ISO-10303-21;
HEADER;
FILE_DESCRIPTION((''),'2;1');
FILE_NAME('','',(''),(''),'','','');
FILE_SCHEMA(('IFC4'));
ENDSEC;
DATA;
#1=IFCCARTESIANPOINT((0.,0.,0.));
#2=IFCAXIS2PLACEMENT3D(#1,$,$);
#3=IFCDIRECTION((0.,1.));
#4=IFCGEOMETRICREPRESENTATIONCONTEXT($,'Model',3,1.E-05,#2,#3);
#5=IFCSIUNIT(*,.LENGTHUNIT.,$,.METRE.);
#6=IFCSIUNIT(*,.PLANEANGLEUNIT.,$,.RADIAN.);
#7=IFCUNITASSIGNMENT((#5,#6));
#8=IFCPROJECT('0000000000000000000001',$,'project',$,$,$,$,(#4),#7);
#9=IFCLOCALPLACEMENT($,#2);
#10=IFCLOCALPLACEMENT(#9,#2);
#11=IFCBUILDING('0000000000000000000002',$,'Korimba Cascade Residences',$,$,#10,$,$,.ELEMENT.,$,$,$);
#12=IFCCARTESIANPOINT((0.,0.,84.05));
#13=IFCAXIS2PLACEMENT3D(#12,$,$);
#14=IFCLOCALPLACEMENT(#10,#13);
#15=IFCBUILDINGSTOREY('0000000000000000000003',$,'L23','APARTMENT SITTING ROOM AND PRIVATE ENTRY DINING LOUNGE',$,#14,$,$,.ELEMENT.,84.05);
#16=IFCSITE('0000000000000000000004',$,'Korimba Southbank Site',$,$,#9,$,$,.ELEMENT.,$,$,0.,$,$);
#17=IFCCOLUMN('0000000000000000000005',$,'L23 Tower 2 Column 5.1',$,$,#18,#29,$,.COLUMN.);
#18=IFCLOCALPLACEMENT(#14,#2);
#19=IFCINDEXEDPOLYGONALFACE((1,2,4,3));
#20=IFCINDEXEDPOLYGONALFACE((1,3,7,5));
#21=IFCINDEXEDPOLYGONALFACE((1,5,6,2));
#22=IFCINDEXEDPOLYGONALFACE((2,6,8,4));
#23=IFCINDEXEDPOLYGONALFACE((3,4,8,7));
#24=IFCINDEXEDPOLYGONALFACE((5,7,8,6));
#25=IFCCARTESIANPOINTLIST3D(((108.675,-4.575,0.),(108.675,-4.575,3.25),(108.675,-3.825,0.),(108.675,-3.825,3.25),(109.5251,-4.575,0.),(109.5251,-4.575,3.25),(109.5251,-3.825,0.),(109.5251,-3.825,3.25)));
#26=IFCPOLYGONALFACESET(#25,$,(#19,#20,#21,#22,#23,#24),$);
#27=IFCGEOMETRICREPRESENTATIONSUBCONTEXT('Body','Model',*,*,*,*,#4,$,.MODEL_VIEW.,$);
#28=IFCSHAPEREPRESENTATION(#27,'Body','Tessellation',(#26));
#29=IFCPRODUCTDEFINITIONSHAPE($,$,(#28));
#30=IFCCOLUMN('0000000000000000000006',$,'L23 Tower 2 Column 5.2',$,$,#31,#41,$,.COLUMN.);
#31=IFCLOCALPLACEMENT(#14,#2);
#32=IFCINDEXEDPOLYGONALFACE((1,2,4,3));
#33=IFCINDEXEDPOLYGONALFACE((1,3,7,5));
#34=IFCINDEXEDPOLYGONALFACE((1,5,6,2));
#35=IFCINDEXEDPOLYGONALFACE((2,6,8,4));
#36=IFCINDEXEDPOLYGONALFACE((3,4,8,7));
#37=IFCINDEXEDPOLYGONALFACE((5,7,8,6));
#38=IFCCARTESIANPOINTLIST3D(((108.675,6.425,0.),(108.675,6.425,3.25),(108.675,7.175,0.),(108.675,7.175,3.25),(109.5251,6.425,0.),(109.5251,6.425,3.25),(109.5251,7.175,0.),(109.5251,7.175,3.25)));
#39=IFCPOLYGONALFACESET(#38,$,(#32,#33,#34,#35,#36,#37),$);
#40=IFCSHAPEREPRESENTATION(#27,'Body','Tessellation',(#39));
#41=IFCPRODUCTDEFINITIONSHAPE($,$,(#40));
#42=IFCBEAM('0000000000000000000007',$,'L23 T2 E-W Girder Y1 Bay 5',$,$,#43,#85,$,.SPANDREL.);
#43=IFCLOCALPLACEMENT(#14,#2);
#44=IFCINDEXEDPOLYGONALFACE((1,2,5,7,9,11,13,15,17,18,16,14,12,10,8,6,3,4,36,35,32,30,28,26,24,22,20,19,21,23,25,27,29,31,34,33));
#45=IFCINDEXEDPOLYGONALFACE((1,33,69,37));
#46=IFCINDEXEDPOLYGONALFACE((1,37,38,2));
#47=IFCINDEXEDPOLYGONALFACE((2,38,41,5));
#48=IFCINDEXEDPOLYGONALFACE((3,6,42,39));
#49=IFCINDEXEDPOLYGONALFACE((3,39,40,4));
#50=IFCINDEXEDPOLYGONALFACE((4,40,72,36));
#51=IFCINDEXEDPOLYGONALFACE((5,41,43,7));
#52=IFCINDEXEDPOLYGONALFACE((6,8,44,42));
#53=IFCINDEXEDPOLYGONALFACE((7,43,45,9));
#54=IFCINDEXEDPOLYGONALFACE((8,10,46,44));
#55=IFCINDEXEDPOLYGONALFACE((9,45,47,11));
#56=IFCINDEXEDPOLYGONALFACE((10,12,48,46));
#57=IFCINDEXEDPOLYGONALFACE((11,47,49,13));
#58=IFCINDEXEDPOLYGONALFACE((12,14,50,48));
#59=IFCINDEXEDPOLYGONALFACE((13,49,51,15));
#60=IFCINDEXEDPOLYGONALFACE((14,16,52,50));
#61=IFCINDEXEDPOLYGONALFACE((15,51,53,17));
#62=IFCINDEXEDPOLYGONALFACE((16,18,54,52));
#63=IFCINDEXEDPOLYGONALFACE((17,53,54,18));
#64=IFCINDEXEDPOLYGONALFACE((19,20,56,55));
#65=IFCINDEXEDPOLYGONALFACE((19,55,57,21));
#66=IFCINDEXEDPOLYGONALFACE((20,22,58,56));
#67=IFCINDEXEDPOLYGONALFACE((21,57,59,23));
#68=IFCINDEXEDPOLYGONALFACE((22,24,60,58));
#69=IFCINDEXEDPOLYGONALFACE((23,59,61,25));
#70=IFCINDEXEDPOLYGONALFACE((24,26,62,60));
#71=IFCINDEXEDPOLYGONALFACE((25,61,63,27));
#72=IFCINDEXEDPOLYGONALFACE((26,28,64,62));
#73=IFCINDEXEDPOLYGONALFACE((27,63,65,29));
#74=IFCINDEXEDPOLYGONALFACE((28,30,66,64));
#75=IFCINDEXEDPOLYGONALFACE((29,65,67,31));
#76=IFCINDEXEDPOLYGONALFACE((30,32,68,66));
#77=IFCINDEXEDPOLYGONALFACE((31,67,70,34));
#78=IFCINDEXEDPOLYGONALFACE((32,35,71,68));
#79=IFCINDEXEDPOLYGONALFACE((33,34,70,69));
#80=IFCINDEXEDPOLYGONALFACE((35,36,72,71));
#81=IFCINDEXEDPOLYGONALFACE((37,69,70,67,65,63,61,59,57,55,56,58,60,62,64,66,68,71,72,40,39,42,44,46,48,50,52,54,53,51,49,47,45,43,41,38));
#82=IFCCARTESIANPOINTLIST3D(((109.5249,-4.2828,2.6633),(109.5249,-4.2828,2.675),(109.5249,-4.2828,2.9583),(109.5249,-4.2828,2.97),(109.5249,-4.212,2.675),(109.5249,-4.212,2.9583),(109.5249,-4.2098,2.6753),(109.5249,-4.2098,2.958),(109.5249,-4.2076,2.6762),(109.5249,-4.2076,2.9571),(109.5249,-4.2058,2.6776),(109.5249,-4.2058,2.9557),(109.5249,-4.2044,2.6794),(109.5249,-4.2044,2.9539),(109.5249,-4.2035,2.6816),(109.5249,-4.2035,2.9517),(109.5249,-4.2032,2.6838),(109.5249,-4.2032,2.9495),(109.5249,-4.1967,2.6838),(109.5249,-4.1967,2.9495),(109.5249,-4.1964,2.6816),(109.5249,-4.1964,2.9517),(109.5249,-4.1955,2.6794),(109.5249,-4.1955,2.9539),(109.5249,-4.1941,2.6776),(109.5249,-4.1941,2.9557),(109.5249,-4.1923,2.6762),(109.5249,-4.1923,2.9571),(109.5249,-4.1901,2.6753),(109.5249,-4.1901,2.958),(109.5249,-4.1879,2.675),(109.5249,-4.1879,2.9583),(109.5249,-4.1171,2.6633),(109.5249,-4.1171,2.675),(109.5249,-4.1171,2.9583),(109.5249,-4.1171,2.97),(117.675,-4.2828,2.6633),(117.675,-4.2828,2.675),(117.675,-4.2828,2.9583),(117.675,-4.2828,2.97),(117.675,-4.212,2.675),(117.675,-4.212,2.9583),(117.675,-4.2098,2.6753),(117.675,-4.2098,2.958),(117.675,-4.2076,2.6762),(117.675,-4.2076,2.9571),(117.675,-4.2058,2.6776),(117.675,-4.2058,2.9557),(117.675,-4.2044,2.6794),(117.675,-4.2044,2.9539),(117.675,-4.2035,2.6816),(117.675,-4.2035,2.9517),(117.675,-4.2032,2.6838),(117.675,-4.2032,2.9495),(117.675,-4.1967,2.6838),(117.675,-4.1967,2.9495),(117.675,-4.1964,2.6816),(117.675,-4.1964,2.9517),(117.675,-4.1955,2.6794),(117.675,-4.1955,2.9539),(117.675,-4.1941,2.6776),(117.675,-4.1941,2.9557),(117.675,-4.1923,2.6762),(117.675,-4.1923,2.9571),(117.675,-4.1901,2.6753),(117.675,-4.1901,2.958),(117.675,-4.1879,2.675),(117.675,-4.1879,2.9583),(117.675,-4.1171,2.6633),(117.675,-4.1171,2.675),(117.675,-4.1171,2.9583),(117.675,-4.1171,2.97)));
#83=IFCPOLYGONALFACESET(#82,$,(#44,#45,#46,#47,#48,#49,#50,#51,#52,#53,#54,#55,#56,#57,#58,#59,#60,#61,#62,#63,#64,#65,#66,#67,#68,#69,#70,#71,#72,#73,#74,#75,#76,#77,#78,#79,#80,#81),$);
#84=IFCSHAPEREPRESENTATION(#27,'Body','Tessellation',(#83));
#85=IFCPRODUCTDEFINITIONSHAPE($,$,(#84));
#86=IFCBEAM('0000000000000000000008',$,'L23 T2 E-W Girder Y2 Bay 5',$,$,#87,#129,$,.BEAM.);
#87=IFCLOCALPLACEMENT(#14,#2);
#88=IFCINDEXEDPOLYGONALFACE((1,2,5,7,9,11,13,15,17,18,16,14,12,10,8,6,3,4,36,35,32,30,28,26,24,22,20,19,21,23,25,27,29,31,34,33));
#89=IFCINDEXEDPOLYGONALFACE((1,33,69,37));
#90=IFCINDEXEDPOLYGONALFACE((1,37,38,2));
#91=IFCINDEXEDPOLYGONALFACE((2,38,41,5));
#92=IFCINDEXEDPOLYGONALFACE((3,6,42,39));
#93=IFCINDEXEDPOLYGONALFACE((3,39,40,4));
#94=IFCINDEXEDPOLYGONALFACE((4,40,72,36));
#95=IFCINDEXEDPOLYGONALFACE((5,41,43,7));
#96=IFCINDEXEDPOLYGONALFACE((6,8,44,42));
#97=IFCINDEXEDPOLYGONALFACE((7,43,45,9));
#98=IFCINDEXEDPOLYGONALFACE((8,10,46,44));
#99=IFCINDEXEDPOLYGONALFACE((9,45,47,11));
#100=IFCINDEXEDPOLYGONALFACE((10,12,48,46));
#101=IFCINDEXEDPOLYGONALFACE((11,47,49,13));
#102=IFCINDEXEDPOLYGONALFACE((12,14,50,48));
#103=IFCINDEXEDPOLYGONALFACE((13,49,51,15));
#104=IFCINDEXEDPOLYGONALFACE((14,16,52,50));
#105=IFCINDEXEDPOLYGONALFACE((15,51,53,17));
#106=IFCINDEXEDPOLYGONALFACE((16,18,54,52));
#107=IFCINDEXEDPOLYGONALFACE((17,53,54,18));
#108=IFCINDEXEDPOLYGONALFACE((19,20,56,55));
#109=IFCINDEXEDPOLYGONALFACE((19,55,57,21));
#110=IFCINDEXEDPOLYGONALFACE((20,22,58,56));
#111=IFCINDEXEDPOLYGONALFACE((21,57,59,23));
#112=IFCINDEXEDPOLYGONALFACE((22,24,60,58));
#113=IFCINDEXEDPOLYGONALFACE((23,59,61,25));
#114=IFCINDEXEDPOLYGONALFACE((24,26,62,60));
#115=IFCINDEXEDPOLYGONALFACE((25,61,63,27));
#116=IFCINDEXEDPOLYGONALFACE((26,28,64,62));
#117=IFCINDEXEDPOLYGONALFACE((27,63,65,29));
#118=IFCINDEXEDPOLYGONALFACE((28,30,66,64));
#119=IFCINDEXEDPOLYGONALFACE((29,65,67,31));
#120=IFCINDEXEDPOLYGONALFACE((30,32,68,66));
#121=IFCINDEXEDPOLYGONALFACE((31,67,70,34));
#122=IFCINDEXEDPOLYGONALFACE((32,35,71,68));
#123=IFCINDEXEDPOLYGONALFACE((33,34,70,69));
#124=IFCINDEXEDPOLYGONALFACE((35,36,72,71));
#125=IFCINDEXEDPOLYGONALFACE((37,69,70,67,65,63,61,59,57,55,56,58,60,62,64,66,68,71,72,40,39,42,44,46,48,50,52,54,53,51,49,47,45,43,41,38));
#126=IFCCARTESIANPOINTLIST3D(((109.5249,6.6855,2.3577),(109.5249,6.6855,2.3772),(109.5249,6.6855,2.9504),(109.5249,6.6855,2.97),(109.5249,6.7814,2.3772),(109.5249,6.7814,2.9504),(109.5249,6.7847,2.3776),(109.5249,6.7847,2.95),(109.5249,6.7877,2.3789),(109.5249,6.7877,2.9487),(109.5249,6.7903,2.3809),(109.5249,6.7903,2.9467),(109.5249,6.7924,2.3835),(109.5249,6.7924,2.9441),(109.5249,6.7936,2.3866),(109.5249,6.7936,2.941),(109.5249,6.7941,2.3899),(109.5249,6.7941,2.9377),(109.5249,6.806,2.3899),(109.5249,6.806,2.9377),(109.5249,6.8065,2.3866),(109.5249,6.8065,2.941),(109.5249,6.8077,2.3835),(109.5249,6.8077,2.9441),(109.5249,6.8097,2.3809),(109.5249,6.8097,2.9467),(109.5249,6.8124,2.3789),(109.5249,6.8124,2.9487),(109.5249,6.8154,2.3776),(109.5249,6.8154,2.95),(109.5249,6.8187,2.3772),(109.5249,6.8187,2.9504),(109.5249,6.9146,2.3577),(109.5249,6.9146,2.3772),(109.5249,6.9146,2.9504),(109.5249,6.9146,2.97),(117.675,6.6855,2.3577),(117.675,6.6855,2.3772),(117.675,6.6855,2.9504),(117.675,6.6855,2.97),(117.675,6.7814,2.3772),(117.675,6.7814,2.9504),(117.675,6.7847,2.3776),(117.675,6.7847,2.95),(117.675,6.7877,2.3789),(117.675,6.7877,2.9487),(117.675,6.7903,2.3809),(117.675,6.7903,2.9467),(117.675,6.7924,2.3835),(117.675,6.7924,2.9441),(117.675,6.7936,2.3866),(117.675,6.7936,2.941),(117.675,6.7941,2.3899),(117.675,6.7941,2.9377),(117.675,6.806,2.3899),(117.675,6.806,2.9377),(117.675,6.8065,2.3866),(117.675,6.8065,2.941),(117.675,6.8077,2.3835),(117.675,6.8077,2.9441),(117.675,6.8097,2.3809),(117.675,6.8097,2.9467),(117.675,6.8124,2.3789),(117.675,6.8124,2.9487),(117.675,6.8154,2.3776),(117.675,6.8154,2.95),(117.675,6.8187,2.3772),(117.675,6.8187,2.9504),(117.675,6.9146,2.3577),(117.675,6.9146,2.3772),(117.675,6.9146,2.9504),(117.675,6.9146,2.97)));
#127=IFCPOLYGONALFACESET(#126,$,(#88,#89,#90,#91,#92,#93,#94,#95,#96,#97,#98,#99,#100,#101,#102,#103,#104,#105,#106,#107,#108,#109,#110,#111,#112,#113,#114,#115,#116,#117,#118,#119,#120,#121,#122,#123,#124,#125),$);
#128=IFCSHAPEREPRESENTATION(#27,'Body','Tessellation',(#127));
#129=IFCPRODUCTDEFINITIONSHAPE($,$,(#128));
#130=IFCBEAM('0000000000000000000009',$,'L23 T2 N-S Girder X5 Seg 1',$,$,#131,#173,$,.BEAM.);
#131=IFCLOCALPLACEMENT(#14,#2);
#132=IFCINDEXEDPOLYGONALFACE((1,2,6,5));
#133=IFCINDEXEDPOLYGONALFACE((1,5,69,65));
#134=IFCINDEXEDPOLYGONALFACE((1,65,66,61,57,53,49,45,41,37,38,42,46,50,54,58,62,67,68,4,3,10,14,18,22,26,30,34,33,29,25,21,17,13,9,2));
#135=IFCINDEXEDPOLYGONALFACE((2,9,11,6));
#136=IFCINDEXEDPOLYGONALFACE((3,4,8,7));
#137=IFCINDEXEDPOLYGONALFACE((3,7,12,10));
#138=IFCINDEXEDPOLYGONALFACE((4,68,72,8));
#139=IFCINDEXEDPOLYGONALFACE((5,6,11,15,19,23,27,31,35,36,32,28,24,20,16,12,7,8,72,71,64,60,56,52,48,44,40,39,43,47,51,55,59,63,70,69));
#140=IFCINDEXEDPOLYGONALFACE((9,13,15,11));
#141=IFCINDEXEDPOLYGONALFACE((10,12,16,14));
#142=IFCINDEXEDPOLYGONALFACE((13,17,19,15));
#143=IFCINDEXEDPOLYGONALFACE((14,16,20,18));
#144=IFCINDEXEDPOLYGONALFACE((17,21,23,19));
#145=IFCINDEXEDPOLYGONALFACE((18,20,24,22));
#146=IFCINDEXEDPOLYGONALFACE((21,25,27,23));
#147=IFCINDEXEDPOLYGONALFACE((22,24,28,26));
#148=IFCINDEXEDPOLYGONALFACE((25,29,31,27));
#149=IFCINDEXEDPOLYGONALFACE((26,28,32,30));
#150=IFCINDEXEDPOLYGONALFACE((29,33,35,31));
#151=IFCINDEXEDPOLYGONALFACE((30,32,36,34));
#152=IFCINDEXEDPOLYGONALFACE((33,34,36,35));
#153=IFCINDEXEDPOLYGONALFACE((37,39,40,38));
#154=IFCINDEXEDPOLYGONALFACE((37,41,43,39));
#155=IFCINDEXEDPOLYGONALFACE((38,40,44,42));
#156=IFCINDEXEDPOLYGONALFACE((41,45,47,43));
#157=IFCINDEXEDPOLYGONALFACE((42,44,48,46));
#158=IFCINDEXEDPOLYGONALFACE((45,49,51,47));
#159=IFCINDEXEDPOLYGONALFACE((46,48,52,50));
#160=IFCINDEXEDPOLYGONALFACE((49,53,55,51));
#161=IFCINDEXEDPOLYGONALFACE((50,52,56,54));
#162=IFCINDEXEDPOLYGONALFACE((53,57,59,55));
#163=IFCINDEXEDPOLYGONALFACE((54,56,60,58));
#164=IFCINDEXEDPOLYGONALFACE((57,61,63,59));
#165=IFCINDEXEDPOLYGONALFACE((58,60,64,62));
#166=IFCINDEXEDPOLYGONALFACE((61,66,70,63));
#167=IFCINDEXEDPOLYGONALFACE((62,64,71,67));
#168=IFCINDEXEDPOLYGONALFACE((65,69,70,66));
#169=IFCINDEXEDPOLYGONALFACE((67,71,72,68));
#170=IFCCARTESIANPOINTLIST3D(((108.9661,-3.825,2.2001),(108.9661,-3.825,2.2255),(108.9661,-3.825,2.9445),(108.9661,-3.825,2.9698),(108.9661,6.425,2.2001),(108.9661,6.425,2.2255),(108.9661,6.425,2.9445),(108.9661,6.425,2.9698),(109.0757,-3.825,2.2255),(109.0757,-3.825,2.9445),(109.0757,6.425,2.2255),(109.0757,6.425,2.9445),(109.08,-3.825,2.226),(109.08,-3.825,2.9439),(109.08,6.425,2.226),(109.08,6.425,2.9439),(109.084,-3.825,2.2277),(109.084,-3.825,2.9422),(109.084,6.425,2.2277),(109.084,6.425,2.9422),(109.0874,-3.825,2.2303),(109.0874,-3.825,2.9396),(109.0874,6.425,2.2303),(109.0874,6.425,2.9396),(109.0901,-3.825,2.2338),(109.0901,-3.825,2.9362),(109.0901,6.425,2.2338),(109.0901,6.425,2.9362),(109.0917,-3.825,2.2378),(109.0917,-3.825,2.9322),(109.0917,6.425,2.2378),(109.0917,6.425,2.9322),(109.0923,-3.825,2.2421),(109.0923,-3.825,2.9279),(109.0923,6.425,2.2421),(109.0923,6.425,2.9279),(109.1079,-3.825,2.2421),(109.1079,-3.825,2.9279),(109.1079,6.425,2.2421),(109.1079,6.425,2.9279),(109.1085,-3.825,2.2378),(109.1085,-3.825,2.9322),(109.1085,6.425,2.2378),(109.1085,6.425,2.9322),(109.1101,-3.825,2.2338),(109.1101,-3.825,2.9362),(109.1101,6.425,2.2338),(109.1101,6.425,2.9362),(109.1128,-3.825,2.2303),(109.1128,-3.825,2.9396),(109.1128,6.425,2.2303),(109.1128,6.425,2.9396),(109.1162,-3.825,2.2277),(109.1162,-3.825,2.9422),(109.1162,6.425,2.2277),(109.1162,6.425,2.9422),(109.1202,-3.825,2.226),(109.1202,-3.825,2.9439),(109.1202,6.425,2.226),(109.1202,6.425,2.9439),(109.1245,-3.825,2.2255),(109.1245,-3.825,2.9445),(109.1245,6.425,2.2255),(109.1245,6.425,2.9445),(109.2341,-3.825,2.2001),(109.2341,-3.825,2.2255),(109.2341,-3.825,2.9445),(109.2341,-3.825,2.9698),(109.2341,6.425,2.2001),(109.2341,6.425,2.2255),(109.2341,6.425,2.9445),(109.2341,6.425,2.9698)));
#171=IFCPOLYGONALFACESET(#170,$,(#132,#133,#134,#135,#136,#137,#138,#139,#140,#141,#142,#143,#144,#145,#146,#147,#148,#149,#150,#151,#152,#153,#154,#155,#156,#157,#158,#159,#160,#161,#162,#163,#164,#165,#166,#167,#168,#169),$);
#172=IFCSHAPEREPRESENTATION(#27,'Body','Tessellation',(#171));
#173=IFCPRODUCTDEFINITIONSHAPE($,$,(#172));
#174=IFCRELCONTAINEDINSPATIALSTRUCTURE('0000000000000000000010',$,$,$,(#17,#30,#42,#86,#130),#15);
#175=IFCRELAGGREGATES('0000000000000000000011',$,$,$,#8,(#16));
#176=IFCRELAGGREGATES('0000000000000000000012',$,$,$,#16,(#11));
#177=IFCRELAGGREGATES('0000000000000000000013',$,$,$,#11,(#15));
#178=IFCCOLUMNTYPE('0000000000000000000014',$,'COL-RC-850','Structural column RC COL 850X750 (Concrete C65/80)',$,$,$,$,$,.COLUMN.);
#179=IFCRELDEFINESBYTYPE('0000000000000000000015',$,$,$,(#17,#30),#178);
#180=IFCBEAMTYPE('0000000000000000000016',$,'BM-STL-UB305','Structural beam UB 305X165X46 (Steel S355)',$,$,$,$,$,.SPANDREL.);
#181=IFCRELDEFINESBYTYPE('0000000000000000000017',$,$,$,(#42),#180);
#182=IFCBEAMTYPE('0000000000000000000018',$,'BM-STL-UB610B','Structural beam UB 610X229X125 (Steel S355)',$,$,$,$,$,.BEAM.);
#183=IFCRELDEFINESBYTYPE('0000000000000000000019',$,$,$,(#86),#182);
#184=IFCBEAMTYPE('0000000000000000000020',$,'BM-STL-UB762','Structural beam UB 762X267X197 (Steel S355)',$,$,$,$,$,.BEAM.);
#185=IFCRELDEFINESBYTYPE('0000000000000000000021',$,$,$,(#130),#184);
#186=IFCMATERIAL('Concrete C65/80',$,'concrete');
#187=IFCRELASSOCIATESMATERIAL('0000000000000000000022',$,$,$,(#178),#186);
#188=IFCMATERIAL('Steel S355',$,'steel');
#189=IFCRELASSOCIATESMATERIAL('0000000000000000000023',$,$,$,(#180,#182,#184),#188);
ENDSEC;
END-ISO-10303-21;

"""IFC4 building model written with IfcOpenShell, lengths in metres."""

from ifc_helpers import new_model, si_unit, direction, frame, origin, origin_2d, place, context, subcontext, project, spatial, rectangle, i_section, extrude, material, material_profile, profile_set, type_object, element, save


model = new_model("IFC4")

# Units and contexts
model_context = context("Model", 3, precision=1e-05, world=origin(), true_north=direction((0.0, 1.0)))
body_context = subcontext(model_context, "Body", "Model", "MODEL_VIEW")
ifc_project = project(units=[si_unit("LENGTHUNIT", "METRE"), si_unit("PLANEANGLEUNIT", "RADIAN")], contexts=[model_context])

# Site, building, storey
site_placement = place(None, origin())
site = spatial("IfcSite", under=ifc_project, at=site_placement, Name="Korimba Southbank Site", CompositionType="ELEMENT", RefElevation=0.0)
building_placement = place(site_placement, origin())
building = spatial("IfcBuilding", under=site, at=building_placement, Name="Korimba Cascade Residences", CompositionType="ELEMENT")
storey_placement = place(building_placement, frame((0.0, 0.0, 84.05)))
storey = spatial("IfcBuildingStorey", under=building, at=storey_placement, Name="L23", Description="APARTMENT SITTING ROOM AND PRIVATE ENTRY DINING LOUNGE", CompositionType="ELEMENT", Elevation=84.05)

# Columns
ifc_material_1 = material(Name="Concrete C65/80", Category="concrete")
ifc_material_profile_1 = material_profile(ifc_material_1, rectangle(XDim=0.8501, YDim=0.75, at=origin_2d()), Name="Concrete C65/80")
ifc_profile_set_1 = profile_set([ifc_material_profile_1], Name="Concrete C65/80")
column_type = type_object("IfcColumnType", Name="COL-RC-850", Description="Structural column RC COL 850X750 (Concrete C65/80)", PredefinedType="COLUMN", material=ifc_profile_set_1)
for number, where, z_axis, x_axis, name in (
    (1, (109.1001, -4.2, 0.0), (0.0, 0.0, 1.0), (1.0, 0.0, 0.0), "L23 Tower 2 Column 5.1"),
    (2, (109.1001, 6.8, 0.0), (0.0, 0.0, 1.0), (1.0, 0.0, 0.0), "L23 Tower 2 Column 5.2"),
):
    element("IfcColumn", number, at=place(storey_placement, frame(where, z_axis=z_axis, x_axis=x_axis)), inside=storey, type_object=column_type, Name=name, PredefinedType="COLUMN", context=body_context, shape_type="SweptSolid", body=[
        extrude(rectangle(XDim=0.8501, YDim=0.75, at=origin_2d()), origin(), (0.0, 0.0, 1.0), 3.25),
    ])

# Beams
ifc_material_2 = material(Name="Steel S355", Category="steel")
ifc_material_profile_2 = material_profile(ifc_material_2, i_section(OverallWidth=0.1658, OverallDepth=0.3066, WebThickness=0.0066, FlangeThickness=0.0117, FilletRadius=0.0088, at=origin_2d()), Name="Steel S355")
ifc_profile_set_2 = profile_set([ifc_material_profile_2], Name="Steel S355")
beam_type_1 = type_object("IfcBeamType", Name="BM-STL-UB305", Description="Structural beam UB 305X165X46 (Steel S355)", PredefinedType="SPANDREL", material=ifc_profile_set_2)
beam_1_placement = place(storey_placement, frame((109.5249, -4.2, 2.8167), z_axis=(1.0, 0.0, 0.0), x_axis=(0.0, 1.0, 0.0)))
element("IfcBeam", 3, at=beam_1_placement, inside=storey, type_object=beam_type_1, Name="L23 T2 E-W Girder Y1 Bay 5", PredefinedType="SPANDREL", context=body_context, shape_type="SweptSolid", body=[
    extrude(i_section(OverallWidth=0.1658, OverallDepth=0.3066, WebThickness=0.0066, FlangeThickness=0.0117, FilletRadius=0.0088, at=origin_2d()), origin(), (0.0, 0.0, 1.0), 8.1501),
])
ifc_material_profile_3 = material_profile(ifc_material_2, i_section(OverallWidth=0.229, OverallDepth=0.6123, WebThickness=0.012, FlangeThickness=0.0195, FilletRadius=0.0127, at=origin_2d()), Name="Steel S355")
ifc_profile_set_3 = profile_set([ifc_material_profile_3], Name="Steel S355")
beam_type_2 = type_object("IfcBeamType", Name="BM-STL-UB610B", Description="Structural beam UB 610X229X125 (Steel S355)", PredefinedType="BEAM", material=ifc_profile_set_3)
beam_2_placement = place(storey_placement, frame((109.5249, 6.8, 2.6638), z_axis=(1.0, 0.0, 0.0), x_axis=(0.0, 1.0, 0.0)))
element("IfcBeam", 4, at=beam_2_placement, inside=storey, type_object=beam_type_2, Name="L23 T2 E-W Girder Y2 Bay 5", PredefinedType="BEAM", context=body_context, shape_type="SweptSolid", body=[
    extrude(i_section(OverallWidth=0.229, OverallDepth=0.6123, WebThickness=0.012, FlangeThickness=0.0195, FilletRadius=0.0127, at=origin_2d()), origin(), (0.0, 0.0, 1.0), 8.1501),
])
ifc_material_profile_4 = material_profile(ifc_material_2, i_section(OverallWidth=0.2681, OverallDepth=0.7698, WebThickness=0.0156, FlangeThickness=0.0254, FilletRadius=0.0166, at=origin_2d()), Name="Steel S355")
ifc_profile_set_4 = profile_set([ifc_material_profile_4], Name="Steel S355")
beam_type_3 = type_object("IfcBeamType", Name="BM-STL-UB762", Description="Structural beam UB 762X267X197 (Steel S355)", PredefinedType="BEAM", material=ifc_profile_set_4)
beam_3_placement = place(storey_placement, frame((109.1001, -3.825, 2.585), z_axis=(0.0, 1.0, 0.0), x_axis=(-1.0, 0.0, 0.0)))
element("IfcBeam", 5, at=beam_3_placement, inside=storey, type_object=beam_type_3, Name="L23 T2 N-S Girder X5 Seg 1", PredefinedType="BEAM", context=body_context, shape_type="SweptSolid", body=[
    extrude(i_section(OverallWidth=0.2681, OverallDepth=0.7698, WebThickness=0.0156, FlangeThickness=0.0254, FilletRadius=0.0166, at=origin_2d()), origin(), (0.0, 0.0, 1.0), 10.25),
])

save(model, "model.ifc")
